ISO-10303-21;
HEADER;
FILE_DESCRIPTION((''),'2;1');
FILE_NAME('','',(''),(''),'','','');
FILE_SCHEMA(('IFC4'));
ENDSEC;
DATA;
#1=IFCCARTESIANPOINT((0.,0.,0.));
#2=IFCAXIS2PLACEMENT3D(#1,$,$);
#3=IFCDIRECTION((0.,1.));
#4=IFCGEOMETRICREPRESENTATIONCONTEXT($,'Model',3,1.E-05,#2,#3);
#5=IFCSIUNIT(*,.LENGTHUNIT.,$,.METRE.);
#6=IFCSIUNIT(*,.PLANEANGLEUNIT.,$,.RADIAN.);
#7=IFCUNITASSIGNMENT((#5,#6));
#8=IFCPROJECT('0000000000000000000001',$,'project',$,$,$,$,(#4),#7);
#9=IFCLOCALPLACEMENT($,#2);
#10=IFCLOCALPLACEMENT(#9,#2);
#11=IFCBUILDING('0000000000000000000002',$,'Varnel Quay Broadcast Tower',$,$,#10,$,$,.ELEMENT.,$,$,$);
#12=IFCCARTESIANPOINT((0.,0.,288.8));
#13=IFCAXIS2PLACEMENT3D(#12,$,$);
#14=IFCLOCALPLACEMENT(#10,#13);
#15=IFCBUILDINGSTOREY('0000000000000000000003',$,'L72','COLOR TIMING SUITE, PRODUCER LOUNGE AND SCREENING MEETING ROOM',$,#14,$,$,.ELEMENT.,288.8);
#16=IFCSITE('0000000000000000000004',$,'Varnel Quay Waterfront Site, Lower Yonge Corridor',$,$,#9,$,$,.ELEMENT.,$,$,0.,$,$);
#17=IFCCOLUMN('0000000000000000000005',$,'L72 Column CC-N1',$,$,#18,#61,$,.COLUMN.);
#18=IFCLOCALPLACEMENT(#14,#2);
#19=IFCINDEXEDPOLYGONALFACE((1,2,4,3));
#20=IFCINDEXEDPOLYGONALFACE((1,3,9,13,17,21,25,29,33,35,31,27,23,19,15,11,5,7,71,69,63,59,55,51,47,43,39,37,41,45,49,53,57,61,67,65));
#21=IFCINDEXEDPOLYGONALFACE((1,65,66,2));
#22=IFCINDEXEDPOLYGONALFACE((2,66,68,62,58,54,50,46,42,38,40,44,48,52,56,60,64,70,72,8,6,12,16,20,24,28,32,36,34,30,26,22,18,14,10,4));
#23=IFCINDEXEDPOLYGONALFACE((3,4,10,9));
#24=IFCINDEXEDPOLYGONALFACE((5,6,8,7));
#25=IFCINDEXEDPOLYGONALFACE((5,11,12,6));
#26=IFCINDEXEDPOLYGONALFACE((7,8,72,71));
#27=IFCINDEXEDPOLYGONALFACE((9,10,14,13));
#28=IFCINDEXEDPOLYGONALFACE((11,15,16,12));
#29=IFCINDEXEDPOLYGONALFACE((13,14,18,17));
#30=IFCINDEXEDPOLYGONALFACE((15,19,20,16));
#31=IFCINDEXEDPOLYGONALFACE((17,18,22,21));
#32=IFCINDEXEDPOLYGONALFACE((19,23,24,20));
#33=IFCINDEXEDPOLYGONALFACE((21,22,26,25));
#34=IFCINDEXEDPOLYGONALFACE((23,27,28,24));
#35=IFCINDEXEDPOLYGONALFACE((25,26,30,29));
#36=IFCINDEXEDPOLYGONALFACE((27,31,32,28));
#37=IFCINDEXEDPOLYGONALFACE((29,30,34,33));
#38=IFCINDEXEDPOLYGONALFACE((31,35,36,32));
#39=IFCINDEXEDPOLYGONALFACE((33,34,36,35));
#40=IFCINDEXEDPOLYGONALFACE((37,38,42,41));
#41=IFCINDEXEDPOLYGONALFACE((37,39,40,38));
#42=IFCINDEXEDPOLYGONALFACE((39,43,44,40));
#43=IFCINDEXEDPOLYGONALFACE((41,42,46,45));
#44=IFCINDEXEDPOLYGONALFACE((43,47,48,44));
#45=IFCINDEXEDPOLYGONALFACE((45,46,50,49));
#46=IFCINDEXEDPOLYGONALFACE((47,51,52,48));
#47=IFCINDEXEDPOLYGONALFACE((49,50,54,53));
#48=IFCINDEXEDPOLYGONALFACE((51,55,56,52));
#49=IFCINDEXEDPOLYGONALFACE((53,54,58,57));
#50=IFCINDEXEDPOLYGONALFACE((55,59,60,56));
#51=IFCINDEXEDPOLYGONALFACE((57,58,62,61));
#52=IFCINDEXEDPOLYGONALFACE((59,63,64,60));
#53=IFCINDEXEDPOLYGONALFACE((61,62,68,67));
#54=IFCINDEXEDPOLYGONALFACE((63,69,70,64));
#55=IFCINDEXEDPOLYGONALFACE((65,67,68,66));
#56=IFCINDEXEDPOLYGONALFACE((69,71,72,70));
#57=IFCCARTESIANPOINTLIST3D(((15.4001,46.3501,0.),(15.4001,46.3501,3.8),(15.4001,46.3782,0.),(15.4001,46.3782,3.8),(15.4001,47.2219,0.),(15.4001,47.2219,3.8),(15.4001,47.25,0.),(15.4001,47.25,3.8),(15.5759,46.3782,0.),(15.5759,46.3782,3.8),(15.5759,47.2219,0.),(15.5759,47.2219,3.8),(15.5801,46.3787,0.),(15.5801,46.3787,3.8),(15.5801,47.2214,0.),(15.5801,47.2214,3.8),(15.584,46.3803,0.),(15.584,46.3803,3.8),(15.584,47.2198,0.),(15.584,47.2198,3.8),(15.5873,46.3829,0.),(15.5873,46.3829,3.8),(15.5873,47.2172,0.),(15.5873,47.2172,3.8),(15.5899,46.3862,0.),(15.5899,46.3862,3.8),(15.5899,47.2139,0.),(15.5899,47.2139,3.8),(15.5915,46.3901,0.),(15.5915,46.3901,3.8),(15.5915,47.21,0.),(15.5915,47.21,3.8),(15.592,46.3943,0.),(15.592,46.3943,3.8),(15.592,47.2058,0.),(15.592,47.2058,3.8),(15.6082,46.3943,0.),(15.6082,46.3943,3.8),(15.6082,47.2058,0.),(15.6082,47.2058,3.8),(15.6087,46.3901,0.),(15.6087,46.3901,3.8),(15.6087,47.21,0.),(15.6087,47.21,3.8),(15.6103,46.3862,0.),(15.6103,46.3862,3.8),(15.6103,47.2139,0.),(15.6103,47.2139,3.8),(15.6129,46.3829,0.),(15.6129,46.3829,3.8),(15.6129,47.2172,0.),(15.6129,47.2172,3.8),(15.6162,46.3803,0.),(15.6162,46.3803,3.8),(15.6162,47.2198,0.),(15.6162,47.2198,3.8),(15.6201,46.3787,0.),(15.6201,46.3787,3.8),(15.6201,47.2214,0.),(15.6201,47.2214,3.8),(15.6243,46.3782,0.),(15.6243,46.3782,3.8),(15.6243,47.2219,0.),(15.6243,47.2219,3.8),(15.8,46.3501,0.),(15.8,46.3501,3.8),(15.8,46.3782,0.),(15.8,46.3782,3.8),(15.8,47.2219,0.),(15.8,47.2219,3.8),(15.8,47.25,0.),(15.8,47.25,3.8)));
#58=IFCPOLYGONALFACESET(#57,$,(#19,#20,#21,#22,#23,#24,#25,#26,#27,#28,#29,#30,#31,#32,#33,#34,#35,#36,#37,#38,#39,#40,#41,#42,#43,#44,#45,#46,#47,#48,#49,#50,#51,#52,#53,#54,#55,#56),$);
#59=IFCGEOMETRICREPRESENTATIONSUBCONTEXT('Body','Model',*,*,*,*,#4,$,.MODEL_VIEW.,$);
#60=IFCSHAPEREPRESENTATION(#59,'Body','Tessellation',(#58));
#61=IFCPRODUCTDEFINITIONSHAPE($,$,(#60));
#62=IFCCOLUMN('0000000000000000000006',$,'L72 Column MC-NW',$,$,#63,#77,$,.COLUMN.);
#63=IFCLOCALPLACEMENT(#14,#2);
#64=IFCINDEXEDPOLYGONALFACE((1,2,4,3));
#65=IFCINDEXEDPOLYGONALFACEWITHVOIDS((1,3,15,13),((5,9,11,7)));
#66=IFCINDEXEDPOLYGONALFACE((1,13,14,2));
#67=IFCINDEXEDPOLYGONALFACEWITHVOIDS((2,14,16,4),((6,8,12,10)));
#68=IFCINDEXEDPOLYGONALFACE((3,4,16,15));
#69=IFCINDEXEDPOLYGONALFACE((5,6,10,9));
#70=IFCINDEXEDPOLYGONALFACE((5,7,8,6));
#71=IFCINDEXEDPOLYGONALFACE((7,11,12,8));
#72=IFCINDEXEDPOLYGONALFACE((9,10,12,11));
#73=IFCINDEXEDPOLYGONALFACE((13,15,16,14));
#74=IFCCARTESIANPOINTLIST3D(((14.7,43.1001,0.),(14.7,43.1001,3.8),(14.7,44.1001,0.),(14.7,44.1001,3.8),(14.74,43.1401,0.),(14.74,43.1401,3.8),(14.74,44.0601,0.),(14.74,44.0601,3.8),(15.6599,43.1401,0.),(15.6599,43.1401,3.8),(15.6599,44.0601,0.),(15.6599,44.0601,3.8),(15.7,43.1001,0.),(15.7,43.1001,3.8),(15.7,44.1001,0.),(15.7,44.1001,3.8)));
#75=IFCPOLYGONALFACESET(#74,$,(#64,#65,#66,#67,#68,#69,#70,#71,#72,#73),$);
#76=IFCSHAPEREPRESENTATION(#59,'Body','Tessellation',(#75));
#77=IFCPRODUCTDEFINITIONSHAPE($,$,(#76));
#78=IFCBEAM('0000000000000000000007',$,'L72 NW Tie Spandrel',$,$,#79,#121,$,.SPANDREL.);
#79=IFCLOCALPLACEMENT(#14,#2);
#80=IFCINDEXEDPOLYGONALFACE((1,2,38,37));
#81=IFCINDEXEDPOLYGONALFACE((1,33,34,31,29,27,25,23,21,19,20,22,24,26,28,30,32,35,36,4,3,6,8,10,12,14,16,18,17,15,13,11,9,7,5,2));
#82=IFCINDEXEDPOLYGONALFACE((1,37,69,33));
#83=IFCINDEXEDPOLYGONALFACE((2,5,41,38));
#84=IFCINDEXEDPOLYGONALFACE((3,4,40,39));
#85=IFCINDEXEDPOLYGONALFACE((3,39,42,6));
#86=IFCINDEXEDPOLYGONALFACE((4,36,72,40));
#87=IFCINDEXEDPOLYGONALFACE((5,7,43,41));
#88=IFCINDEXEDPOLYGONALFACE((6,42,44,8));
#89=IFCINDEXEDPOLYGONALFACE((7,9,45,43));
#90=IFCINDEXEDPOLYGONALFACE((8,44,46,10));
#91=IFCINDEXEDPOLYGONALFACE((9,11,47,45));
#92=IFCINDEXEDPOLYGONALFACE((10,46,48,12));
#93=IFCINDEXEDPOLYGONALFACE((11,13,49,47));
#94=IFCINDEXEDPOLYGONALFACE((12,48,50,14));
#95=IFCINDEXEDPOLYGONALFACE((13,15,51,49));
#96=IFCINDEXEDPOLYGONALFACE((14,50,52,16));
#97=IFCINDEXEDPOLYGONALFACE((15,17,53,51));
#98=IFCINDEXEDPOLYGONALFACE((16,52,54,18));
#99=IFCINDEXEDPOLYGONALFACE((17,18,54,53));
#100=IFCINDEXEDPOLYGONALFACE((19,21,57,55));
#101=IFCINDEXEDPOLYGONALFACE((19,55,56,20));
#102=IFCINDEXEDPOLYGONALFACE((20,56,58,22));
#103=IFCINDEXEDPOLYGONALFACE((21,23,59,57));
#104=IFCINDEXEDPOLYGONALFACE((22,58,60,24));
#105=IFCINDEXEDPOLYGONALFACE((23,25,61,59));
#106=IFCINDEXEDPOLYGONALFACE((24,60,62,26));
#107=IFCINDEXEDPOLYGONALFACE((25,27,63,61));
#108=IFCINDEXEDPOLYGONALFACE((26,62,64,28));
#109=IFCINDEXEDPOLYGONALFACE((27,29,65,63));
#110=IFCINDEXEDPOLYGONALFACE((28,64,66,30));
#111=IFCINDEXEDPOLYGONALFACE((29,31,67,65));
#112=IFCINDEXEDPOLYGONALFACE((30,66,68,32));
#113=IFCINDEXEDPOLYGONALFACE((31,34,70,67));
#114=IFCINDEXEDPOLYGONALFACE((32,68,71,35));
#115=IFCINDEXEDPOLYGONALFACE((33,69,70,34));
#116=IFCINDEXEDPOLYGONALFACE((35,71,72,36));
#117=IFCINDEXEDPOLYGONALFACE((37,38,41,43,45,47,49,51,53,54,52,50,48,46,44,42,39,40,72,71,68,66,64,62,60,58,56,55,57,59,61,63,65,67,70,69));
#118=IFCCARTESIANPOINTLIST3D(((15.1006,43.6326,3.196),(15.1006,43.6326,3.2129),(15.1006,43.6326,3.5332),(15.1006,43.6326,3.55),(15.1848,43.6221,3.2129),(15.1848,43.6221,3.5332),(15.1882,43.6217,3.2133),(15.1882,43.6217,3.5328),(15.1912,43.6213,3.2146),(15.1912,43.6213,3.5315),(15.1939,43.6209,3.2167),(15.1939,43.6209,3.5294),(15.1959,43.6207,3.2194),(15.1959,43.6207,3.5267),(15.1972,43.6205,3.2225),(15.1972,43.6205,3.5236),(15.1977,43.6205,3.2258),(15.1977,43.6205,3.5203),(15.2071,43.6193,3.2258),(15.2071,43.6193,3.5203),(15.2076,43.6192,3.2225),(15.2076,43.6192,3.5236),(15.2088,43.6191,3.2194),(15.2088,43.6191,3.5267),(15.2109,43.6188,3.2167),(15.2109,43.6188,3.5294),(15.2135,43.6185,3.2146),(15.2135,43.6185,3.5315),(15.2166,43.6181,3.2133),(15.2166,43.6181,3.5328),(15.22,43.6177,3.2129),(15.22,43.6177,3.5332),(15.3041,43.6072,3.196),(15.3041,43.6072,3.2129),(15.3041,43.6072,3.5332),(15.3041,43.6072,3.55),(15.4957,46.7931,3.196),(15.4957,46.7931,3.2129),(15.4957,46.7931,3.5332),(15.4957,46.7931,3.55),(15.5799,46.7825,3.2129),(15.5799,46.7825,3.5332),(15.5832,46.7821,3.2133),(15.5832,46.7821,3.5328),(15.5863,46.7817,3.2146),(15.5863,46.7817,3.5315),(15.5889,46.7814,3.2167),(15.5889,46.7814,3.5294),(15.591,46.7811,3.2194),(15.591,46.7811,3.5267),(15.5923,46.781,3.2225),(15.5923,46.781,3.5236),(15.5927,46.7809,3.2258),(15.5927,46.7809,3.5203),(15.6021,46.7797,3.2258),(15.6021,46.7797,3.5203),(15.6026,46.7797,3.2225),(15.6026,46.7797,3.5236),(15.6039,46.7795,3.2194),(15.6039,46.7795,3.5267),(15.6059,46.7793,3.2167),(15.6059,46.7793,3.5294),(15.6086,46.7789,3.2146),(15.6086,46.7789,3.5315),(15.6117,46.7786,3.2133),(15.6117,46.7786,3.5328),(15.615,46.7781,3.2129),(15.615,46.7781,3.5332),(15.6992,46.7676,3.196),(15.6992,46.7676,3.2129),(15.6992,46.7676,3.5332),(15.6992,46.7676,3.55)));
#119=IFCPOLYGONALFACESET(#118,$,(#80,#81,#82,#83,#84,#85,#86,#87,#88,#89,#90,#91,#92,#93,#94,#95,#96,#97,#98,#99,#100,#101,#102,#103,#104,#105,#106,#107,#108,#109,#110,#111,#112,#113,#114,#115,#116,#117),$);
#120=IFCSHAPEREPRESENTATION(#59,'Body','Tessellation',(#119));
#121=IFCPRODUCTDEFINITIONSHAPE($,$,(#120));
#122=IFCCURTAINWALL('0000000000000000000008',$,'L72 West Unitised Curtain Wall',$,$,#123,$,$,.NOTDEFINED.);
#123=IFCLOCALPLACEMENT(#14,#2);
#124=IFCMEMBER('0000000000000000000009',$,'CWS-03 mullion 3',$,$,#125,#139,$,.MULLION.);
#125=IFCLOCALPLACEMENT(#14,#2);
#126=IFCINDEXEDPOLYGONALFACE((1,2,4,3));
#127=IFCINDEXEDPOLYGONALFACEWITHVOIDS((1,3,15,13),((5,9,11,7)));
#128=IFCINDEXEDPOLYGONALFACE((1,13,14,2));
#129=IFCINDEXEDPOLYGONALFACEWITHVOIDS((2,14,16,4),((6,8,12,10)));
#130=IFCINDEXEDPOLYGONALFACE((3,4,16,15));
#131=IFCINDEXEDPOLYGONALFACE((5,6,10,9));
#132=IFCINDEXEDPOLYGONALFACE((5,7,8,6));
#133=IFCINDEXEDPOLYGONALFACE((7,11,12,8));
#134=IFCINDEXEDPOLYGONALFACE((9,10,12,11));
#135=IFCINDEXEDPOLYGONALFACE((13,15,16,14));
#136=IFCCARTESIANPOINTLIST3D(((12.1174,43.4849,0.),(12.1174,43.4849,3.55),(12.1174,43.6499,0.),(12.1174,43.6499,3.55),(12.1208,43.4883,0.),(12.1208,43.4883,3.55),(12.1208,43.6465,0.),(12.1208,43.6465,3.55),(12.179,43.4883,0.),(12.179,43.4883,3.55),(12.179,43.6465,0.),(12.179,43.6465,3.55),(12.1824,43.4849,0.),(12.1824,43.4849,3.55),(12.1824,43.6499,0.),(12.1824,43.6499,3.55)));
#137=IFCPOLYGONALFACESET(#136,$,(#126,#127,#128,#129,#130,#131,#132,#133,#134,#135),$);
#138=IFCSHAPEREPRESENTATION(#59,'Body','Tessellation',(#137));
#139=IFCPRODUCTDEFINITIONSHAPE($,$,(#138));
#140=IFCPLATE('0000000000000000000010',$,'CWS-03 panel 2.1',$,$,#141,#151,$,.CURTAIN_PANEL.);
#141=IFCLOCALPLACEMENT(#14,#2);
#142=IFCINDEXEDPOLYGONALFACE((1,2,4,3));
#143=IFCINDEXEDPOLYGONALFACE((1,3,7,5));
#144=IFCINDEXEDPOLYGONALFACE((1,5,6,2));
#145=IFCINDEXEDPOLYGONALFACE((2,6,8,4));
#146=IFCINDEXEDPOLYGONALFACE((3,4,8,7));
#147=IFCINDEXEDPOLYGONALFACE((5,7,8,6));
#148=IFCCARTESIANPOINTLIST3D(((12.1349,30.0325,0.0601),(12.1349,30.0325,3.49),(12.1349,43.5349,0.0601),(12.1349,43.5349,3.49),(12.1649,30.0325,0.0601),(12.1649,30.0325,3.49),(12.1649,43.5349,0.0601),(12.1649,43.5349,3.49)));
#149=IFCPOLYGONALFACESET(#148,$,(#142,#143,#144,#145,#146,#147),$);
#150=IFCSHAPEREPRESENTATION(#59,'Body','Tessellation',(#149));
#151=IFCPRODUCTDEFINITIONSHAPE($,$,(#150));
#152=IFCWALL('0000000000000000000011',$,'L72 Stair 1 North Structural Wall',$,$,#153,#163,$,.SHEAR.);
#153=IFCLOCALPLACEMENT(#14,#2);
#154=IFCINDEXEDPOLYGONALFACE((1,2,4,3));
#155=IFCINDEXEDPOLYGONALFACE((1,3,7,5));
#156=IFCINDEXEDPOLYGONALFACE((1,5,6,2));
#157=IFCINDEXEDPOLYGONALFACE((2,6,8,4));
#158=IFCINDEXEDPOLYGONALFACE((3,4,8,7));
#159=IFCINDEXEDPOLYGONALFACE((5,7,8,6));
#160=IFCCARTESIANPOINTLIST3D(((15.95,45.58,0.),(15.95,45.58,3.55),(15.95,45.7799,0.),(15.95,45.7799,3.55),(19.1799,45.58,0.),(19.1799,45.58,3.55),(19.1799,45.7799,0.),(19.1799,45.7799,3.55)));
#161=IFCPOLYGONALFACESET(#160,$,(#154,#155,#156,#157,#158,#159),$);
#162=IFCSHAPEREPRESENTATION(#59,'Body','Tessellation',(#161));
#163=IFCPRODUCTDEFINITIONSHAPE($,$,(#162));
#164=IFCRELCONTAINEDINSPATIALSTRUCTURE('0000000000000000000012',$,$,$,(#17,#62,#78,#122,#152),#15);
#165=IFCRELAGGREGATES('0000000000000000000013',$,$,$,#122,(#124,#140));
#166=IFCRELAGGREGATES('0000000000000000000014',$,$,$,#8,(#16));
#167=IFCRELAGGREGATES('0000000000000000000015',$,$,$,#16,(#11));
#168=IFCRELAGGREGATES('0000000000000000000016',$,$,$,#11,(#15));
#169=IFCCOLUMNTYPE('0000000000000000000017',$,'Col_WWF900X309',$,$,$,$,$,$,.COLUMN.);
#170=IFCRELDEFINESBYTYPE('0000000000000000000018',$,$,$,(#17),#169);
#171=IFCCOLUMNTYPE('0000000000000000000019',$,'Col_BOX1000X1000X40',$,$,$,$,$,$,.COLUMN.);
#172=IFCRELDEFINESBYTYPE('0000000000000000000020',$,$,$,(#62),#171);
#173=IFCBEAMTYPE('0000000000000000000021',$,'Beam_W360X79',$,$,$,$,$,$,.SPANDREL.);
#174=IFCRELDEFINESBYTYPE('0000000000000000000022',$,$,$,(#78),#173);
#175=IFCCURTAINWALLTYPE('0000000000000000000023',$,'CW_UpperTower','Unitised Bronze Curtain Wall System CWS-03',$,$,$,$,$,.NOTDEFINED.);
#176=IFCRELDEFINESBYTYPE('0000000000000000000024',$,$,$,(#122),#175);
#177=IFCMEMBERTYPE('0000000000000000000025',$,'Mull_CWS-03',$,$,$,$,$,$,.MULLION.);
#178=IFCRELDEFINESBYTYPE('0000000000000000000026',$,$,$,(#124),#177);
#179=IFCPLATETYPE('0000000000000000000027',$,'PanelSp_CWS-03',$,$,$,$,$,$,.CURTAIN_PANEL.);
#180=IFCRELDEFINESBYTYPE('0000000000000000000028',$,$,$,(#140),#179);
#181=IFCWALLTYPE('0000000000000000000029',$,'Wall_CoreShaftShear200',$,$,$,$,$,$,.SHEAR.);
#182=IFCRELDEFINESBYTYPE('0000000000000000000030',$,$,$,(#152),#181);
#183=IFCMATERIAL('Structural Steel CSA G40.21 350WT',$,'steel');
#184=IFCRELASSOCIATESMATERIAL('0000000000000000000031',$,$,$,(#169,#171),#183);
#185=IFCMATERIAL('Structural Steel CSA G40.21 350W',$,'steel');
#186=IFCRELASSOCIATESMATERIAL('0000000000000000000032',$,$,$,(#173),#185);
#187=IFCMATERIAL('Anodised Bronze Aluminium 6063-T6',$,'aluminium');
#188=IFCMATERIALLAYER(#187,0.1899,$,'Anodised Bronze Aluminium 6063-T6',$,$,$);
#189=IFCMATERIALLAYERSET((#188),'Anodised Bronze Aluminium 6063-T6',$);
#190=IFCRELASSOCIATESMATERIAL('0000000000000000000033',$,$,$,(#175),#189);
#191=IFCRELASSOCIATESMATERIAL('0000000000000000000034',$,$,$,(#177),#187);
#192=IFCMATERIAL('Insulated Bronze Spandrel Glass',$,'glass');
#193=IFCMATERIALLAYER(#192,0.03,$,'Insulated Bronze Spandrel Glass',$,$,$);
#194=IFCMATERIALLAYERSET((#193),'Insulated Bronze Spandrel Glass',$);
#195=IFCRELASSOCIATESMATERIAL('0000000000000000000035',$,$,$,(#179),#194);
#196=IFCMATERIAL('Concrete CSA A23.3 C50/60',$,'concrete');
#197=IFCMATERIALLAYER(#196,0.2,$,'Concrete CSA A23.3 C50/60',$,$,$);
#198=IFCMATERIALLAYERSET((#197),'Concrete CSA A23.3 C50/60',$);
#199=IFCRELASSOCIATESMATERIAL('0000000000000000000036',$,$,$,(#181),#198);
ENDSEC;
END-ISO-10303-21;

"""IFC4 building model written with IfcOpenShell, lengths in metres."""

from ifc_helpers import new_model, si_unit, direction, frame, frame_2d, origin, origin_2d, place, context, subcontext, project, spatial, rectangle, hollow_rectangle, i_section, extrude, source, transform, mapped, material, layer, layer_set, material_profile, profile_set, type_object, type_shapes, element, aggregate, save


model = new_model("IFC4")

# Units and contexts
model_context = context("Model", 3, precision=1e-05, world=origin(), true_north=direction((0.0, 1.0)))
body_context = subcontext(model_context, "Body", "Model", "MODEL_VIEW")
ifc_project = project(units=[si_unit("LENGTHUNIT", "METRE"), si_unit("PLANEANGLEUNIT", "RADIAN")], contexts=[model_context])

# Site, building, storey
site_placement = place(None, origin())
site = spatial("IfcSite", under=ifc_project, at=site_placement, Name="Varnel Quay Waterfront Site, Lower Yonge Corridor", CompositionType="ELEMENT", RefElevation=0.0)
building_placement = place(site_placement, origin())
building = spatial("IfcBuilding", under=site, at=building_placement, Name="Varnel Quay Broadcast Tower", CompositionType="ELEMENT")
storey_placement = place(building_placement, frame((0.0, 0.0, 288.8)))
storey = spatial("IfcBuildingStorey", under=building, at=storey_placement, Name="L72", Description="COLOR TIMING SUITE, PRODUCER LOUNGE AND SCREENING MEETING ROOM", CompositionType="ELEMENT", Elevation=288.8)

# Columns
ifc_material_1 = material(Name="Structural Steel CSA G40.21 350WT", Category="steel")
ifc_material_profile_1 = material_profile(ifc_material_1, i_section(OverallWidth=0.3999, OverallDepth=0.8999, WebThickness=0.0161, FlangeThickness=0.0281, FilletRadius=0.0161, at=origin_2d()), Name="WWF900X309")
ifc_profile_set_1 = profile_set([ifc_material_profile_1], Name="Structural Steel CSA G40.21 350WT")
column_type_1 = type_object("IfcColumnType", Name="Col_WWF900X309", PredefinedType="COLUMN", material=ifc_profile_set_1)
shared_shape_1 = source(origin(), body_context, "Body", "SweptSolid", [
    extrude(i_section(OverallWidth=0.3999, OverallDepth=0.8999, WebThickness=0.0161, FlangeThickness=0.0281, FilletRadius=0.0161, at=origin_2d()), origin(), (0.0, 0.0, 1.0), 3.8),
])
type_shapes(column_type_1, [shared_shape_1])
column_1_placement = place(storey_placement, frame((15.6001, 46.8, 0.0), z_axis=(0.0, 0.0, 1.0), x_axis=(1.0, 0.0, 0.0)))
element("IfcColumn", 1, at=column_1_placement, inside=storey, type_object=column_type_1, Name="L72 Column CC-N1", PredefinedType="COLUMN", context=body_context, shape_type="MappedRepresentation", body=[
    mapped(shared_shape_1, transform((0.0, 0.0, 0.0), x_axis=(1.0, 0.0, 0.0), y_axis=(0.0, 1.0, 0.0), z_axis=(0.0, 0.0, 1.0), scale=1.0)),
])
ifc_material_profile_2 = material_profile(ifc_material_1, hollow_rectangle(XDim=1.0, YDim=1.0, WallThickness=0.04, at=origin_2d()), Name="BOX1000X1000X40")
ifc_profile_set_2 = profile_set([ifc_material_profile_2], Name="Structural Steel CSA G40.21 350WT")
column_type_2 = type_object("IfcColumnType", Name="Col_BOX1000X1000X40", PredefinedType="COLUMN", material=ifc_profile_set_2)
shared_shape_2 = source(origin(), body_context, "Body", "SweptSolid", [
    extrude(hollow_rectangle(XDim=1.0, YDim=1.0, WallThickness=0.04, at=origin_2d()), origin(), (0.0, 0.0, 1.0), 3.8),
])
type_shapes(column_type_2, [shared_shape_2])
column_2_placement = place(storey_placement, frame((15.2, 43.6001, 0.0), z_axis=(0.0, 0.0, 1.0), x_axis=(1.0, 0.0, 0.0)))
element("IfcColumn", 2, at=column_2_placement, inside=storey, type_object=column_type_2, Name="L72 Column MC-NW", PredefinedType="COLUMN", context=body_context, shape_type="MappedRepresentation", body=[
    mapped(shared_shape_2, transform((0.0, 0.0, 0.0), x_axis=(1.0, 0.0, 0.0), y_axis=(0.0, 1.0, 0.0), z_axis=(0.0, 0.0, 1.0), scale=1.0)),
])

# Beam
ifc_material_2 = material(Name="Structural Steel CSA G40.21 350W", Category="steel")
ifc_material_profile_3 = material_profile(ifc_material_2, i_section(OverallWidth=0.2051, OverallDepth=0.354, WebThickness=0.0095, FlangeThickness=0.0168, FilletRadius=0.0129, at=origin_2d()), Name="W360X79")
ifc_profile_set_3 = profile_set([ifc_material_profile_3], Name="Structural Steel CSA G40.21 350W")
beam_type = type_object("IfcBeamType", Name="Beam_W360X79", PredefinedType="SPANDREL", material=ifc_profile_set_3)
shared_shape_3 = source(origin(), body_context, "Body", "SweptSolid", [
    extrude(i_section(OverallWidth=0.2051, OverallDepth=0.354, WebThickness=0.0095, FlangeThickness=0.0168, FilletRadius=0.0129, at=origin_2d()), origin(), (0.0, 0.0, 1.0), 3.1851),
])
type_shapes(beam_type, [shared_shape_3])
beam_placement = place(storey_placement, frame((15.2024, 43.6199, 3.373), z_axis=(0.124025, 0.992279, 0.0), x_axis=(-0.992279, 0.124025, 0.0)))
element("IfcBeam", 3, at=beam_placement, inside=storey, type_object=beam_type, Name="L72 NW Tie Spandrel", PredefinedType="SPANDREL", context=body_context, shape_type="MappedRepresentation", body=[
    mapped(shared_shape_3, transform((0.0, 0.0, 0.0), x_axis=(1.0, 0.0, 0.0), y_axis=(0.0, 1.0, 0.0), z_axis=(0.0, 0.0, 1.0), scale=1.0)),
])

# Curtain wall, member, plate
ifc_material_3 = material(Name="Anodised Bronze Aluminium 6063-T6", Category="aluminium")
ifc_layer_1 = layer(ifc_material_3, 0.1899, Name="Anodised Bronze Aluminium 6063-T6")
ifc_layer_set_1 = layer_set([ifc_layer_1], Name="Anodised Bronze Aluminium 6063-T6")
curtain_wall_type = type_object("IfcCurtainWallType", Name="CW_UpperTower", Description="Unitised Bronze Curtain Wall System CWS-03", PredefinedType="NOTDEFINED", material=ifc_layer_set_1)
curtain_wall_placement = place(storey_placement, origin())
curtain_wall = element("IfcCurtainWall", 4, at=curtain_wall_placement, inside=storey, type_object=curtain_wall_type, Name="L72 West Unitised Curtain Wall", PredefinedType="NOTDEFINED")
ifc_material_profile_4 = material_profile(ifc_material_3, hollow_rectangle(XDim=0.0649, YDim=0.165, WallThickness=0.0034, at=origin_2d()), Name="ALU65X165X3.5")
ifc_profile_set_4 = profile_set([ifc_material_profile_4], Name="Anodised Bronze Aluminium 6063-T6")
member_type = type_object("IfcMemberType", Name="Mull_CWS-03", PredefinedType="MULLION", material=ifc_profile_set_4)
shared_shape_4 = source(origin(), body_context, "Body", "SweptSolid", [
    extrude(hollow_rectangle(XDim=0.0649, YDim=0.165, WallThickness=0.0034, at=origin_2d()), origin(), (0.0, 0.0, 1.0), 3.55),
])
type_shapes(member_type, [shared_shape_4])
member_placement = place(storey_placement, frame((12.1499, 43.5674, 0.0), z_axis=(0.0, 0.0, 1.0), x_axis=(-1.0, 0.0, 0.0)))
member = element("IfcMember", 5, at=member_placement, type_object=member_type, Name="CWS-03 mullion 3", PredefinedType="MULLION", context=body_context, shape_type="MappedRepresentation", body=[
    mapped(shared_shape_4, transform((0.0, 0.0, 0.0), x_axis=(1.0, 0.0, 0.0), y_axis=(0.0, 1.0, 0.0), z_axis=(0.0, 0.0, 1.0), scale=1.0)),
])
ifc_material_4 = material(Name="Insulated Bronze Spandrel Glass", Category="glass")
ifc_layer_2 = layer(ifc_material_4, 0.03, Name="Insulated Bronze Spandrel Glass")
ifc_layer_set_2 = layer_set([ifc_layer_2], Name="Insulated Bronze Spandrel Glass")
plate_type = type_object("IfcPlateType", Name="PanelSp_CWS-03", PredefinedType="CURTAIN_PANEL", material=ifc_layer_set_2)
shared_shape_5 = source(origin(), body_context, "Body", "SweptSolid", [
    extrude(rectangle(XDim=13.5024, YDim=0.03, at=origin_2d()), origin(), (0.0, 0.0, 1.0), 3.4299),
])
type_shapes(plate_type, [shared_shape_5])
plate_placement = place(storey_placement, frame((12.1499, 36.7837, 0.0601), z_axis=(0.0, 0.0, 1.0), x_axis=(0.0, 1.0, 0.0)))
plate = element("IfcPlate", 6, at=plate_placement, type_object=plate_type, Name="CWS-03 panel 2.1", PredefinedType="CURTAIN_PANEL", context=body_context, shape_type="MappedRepresentation", body=[
    mapped(shared_shape_5, transform((0.0, 0.0, 0.0), x_axis=(1.0, 0.0, 0.0), y_axis=(0.0, 1.0, 0.0), z_axis=(0.0, 0.0, 1.0), scale=1.0)),
])
aggregate(curtain_wall, [member, plate])

# Wall
ifc_material_5 = material(Name="Concrete CSA A23.3 C50/60", Category="concrete")
ifc_layer_3 = layer(ifc_material_5, 0.2, Name="Concrete CSA A23.3 C50/60")
ifc_layer_set_3 = layer_set([ifc_layer_3], Name="Concrete CSA A23.3 C50/60")
wall_type_1 = type_object("IfcWallType", Name="Wall_CoreShaftShear200", PredefinedType="SHEAR", material=ifc_layer_set_3)
wall_1_placement = place(storey_placement, frame((15.95, 45.6799, 0.0), z_axis=(0.0, 0.0, 1.0), x_axis=(1.0, 0.0, 0.0)))
element("IfcWall", 7, at=wall_1_placement, inside=storey, type_object=wall_type_1, Name="L72 Stair 1 North Structural Wall", PredefinedType="SHEAR", context=body_context, shape_type="SweptSolid", body=[
    extrude(rectangle(XDim=3.23, YDim=0.2, at=frame_2d((1.615, 0.0))), origin(), (0.0, 0.0, 1.0), 3.55),
])

save(model, "model.ifc")
